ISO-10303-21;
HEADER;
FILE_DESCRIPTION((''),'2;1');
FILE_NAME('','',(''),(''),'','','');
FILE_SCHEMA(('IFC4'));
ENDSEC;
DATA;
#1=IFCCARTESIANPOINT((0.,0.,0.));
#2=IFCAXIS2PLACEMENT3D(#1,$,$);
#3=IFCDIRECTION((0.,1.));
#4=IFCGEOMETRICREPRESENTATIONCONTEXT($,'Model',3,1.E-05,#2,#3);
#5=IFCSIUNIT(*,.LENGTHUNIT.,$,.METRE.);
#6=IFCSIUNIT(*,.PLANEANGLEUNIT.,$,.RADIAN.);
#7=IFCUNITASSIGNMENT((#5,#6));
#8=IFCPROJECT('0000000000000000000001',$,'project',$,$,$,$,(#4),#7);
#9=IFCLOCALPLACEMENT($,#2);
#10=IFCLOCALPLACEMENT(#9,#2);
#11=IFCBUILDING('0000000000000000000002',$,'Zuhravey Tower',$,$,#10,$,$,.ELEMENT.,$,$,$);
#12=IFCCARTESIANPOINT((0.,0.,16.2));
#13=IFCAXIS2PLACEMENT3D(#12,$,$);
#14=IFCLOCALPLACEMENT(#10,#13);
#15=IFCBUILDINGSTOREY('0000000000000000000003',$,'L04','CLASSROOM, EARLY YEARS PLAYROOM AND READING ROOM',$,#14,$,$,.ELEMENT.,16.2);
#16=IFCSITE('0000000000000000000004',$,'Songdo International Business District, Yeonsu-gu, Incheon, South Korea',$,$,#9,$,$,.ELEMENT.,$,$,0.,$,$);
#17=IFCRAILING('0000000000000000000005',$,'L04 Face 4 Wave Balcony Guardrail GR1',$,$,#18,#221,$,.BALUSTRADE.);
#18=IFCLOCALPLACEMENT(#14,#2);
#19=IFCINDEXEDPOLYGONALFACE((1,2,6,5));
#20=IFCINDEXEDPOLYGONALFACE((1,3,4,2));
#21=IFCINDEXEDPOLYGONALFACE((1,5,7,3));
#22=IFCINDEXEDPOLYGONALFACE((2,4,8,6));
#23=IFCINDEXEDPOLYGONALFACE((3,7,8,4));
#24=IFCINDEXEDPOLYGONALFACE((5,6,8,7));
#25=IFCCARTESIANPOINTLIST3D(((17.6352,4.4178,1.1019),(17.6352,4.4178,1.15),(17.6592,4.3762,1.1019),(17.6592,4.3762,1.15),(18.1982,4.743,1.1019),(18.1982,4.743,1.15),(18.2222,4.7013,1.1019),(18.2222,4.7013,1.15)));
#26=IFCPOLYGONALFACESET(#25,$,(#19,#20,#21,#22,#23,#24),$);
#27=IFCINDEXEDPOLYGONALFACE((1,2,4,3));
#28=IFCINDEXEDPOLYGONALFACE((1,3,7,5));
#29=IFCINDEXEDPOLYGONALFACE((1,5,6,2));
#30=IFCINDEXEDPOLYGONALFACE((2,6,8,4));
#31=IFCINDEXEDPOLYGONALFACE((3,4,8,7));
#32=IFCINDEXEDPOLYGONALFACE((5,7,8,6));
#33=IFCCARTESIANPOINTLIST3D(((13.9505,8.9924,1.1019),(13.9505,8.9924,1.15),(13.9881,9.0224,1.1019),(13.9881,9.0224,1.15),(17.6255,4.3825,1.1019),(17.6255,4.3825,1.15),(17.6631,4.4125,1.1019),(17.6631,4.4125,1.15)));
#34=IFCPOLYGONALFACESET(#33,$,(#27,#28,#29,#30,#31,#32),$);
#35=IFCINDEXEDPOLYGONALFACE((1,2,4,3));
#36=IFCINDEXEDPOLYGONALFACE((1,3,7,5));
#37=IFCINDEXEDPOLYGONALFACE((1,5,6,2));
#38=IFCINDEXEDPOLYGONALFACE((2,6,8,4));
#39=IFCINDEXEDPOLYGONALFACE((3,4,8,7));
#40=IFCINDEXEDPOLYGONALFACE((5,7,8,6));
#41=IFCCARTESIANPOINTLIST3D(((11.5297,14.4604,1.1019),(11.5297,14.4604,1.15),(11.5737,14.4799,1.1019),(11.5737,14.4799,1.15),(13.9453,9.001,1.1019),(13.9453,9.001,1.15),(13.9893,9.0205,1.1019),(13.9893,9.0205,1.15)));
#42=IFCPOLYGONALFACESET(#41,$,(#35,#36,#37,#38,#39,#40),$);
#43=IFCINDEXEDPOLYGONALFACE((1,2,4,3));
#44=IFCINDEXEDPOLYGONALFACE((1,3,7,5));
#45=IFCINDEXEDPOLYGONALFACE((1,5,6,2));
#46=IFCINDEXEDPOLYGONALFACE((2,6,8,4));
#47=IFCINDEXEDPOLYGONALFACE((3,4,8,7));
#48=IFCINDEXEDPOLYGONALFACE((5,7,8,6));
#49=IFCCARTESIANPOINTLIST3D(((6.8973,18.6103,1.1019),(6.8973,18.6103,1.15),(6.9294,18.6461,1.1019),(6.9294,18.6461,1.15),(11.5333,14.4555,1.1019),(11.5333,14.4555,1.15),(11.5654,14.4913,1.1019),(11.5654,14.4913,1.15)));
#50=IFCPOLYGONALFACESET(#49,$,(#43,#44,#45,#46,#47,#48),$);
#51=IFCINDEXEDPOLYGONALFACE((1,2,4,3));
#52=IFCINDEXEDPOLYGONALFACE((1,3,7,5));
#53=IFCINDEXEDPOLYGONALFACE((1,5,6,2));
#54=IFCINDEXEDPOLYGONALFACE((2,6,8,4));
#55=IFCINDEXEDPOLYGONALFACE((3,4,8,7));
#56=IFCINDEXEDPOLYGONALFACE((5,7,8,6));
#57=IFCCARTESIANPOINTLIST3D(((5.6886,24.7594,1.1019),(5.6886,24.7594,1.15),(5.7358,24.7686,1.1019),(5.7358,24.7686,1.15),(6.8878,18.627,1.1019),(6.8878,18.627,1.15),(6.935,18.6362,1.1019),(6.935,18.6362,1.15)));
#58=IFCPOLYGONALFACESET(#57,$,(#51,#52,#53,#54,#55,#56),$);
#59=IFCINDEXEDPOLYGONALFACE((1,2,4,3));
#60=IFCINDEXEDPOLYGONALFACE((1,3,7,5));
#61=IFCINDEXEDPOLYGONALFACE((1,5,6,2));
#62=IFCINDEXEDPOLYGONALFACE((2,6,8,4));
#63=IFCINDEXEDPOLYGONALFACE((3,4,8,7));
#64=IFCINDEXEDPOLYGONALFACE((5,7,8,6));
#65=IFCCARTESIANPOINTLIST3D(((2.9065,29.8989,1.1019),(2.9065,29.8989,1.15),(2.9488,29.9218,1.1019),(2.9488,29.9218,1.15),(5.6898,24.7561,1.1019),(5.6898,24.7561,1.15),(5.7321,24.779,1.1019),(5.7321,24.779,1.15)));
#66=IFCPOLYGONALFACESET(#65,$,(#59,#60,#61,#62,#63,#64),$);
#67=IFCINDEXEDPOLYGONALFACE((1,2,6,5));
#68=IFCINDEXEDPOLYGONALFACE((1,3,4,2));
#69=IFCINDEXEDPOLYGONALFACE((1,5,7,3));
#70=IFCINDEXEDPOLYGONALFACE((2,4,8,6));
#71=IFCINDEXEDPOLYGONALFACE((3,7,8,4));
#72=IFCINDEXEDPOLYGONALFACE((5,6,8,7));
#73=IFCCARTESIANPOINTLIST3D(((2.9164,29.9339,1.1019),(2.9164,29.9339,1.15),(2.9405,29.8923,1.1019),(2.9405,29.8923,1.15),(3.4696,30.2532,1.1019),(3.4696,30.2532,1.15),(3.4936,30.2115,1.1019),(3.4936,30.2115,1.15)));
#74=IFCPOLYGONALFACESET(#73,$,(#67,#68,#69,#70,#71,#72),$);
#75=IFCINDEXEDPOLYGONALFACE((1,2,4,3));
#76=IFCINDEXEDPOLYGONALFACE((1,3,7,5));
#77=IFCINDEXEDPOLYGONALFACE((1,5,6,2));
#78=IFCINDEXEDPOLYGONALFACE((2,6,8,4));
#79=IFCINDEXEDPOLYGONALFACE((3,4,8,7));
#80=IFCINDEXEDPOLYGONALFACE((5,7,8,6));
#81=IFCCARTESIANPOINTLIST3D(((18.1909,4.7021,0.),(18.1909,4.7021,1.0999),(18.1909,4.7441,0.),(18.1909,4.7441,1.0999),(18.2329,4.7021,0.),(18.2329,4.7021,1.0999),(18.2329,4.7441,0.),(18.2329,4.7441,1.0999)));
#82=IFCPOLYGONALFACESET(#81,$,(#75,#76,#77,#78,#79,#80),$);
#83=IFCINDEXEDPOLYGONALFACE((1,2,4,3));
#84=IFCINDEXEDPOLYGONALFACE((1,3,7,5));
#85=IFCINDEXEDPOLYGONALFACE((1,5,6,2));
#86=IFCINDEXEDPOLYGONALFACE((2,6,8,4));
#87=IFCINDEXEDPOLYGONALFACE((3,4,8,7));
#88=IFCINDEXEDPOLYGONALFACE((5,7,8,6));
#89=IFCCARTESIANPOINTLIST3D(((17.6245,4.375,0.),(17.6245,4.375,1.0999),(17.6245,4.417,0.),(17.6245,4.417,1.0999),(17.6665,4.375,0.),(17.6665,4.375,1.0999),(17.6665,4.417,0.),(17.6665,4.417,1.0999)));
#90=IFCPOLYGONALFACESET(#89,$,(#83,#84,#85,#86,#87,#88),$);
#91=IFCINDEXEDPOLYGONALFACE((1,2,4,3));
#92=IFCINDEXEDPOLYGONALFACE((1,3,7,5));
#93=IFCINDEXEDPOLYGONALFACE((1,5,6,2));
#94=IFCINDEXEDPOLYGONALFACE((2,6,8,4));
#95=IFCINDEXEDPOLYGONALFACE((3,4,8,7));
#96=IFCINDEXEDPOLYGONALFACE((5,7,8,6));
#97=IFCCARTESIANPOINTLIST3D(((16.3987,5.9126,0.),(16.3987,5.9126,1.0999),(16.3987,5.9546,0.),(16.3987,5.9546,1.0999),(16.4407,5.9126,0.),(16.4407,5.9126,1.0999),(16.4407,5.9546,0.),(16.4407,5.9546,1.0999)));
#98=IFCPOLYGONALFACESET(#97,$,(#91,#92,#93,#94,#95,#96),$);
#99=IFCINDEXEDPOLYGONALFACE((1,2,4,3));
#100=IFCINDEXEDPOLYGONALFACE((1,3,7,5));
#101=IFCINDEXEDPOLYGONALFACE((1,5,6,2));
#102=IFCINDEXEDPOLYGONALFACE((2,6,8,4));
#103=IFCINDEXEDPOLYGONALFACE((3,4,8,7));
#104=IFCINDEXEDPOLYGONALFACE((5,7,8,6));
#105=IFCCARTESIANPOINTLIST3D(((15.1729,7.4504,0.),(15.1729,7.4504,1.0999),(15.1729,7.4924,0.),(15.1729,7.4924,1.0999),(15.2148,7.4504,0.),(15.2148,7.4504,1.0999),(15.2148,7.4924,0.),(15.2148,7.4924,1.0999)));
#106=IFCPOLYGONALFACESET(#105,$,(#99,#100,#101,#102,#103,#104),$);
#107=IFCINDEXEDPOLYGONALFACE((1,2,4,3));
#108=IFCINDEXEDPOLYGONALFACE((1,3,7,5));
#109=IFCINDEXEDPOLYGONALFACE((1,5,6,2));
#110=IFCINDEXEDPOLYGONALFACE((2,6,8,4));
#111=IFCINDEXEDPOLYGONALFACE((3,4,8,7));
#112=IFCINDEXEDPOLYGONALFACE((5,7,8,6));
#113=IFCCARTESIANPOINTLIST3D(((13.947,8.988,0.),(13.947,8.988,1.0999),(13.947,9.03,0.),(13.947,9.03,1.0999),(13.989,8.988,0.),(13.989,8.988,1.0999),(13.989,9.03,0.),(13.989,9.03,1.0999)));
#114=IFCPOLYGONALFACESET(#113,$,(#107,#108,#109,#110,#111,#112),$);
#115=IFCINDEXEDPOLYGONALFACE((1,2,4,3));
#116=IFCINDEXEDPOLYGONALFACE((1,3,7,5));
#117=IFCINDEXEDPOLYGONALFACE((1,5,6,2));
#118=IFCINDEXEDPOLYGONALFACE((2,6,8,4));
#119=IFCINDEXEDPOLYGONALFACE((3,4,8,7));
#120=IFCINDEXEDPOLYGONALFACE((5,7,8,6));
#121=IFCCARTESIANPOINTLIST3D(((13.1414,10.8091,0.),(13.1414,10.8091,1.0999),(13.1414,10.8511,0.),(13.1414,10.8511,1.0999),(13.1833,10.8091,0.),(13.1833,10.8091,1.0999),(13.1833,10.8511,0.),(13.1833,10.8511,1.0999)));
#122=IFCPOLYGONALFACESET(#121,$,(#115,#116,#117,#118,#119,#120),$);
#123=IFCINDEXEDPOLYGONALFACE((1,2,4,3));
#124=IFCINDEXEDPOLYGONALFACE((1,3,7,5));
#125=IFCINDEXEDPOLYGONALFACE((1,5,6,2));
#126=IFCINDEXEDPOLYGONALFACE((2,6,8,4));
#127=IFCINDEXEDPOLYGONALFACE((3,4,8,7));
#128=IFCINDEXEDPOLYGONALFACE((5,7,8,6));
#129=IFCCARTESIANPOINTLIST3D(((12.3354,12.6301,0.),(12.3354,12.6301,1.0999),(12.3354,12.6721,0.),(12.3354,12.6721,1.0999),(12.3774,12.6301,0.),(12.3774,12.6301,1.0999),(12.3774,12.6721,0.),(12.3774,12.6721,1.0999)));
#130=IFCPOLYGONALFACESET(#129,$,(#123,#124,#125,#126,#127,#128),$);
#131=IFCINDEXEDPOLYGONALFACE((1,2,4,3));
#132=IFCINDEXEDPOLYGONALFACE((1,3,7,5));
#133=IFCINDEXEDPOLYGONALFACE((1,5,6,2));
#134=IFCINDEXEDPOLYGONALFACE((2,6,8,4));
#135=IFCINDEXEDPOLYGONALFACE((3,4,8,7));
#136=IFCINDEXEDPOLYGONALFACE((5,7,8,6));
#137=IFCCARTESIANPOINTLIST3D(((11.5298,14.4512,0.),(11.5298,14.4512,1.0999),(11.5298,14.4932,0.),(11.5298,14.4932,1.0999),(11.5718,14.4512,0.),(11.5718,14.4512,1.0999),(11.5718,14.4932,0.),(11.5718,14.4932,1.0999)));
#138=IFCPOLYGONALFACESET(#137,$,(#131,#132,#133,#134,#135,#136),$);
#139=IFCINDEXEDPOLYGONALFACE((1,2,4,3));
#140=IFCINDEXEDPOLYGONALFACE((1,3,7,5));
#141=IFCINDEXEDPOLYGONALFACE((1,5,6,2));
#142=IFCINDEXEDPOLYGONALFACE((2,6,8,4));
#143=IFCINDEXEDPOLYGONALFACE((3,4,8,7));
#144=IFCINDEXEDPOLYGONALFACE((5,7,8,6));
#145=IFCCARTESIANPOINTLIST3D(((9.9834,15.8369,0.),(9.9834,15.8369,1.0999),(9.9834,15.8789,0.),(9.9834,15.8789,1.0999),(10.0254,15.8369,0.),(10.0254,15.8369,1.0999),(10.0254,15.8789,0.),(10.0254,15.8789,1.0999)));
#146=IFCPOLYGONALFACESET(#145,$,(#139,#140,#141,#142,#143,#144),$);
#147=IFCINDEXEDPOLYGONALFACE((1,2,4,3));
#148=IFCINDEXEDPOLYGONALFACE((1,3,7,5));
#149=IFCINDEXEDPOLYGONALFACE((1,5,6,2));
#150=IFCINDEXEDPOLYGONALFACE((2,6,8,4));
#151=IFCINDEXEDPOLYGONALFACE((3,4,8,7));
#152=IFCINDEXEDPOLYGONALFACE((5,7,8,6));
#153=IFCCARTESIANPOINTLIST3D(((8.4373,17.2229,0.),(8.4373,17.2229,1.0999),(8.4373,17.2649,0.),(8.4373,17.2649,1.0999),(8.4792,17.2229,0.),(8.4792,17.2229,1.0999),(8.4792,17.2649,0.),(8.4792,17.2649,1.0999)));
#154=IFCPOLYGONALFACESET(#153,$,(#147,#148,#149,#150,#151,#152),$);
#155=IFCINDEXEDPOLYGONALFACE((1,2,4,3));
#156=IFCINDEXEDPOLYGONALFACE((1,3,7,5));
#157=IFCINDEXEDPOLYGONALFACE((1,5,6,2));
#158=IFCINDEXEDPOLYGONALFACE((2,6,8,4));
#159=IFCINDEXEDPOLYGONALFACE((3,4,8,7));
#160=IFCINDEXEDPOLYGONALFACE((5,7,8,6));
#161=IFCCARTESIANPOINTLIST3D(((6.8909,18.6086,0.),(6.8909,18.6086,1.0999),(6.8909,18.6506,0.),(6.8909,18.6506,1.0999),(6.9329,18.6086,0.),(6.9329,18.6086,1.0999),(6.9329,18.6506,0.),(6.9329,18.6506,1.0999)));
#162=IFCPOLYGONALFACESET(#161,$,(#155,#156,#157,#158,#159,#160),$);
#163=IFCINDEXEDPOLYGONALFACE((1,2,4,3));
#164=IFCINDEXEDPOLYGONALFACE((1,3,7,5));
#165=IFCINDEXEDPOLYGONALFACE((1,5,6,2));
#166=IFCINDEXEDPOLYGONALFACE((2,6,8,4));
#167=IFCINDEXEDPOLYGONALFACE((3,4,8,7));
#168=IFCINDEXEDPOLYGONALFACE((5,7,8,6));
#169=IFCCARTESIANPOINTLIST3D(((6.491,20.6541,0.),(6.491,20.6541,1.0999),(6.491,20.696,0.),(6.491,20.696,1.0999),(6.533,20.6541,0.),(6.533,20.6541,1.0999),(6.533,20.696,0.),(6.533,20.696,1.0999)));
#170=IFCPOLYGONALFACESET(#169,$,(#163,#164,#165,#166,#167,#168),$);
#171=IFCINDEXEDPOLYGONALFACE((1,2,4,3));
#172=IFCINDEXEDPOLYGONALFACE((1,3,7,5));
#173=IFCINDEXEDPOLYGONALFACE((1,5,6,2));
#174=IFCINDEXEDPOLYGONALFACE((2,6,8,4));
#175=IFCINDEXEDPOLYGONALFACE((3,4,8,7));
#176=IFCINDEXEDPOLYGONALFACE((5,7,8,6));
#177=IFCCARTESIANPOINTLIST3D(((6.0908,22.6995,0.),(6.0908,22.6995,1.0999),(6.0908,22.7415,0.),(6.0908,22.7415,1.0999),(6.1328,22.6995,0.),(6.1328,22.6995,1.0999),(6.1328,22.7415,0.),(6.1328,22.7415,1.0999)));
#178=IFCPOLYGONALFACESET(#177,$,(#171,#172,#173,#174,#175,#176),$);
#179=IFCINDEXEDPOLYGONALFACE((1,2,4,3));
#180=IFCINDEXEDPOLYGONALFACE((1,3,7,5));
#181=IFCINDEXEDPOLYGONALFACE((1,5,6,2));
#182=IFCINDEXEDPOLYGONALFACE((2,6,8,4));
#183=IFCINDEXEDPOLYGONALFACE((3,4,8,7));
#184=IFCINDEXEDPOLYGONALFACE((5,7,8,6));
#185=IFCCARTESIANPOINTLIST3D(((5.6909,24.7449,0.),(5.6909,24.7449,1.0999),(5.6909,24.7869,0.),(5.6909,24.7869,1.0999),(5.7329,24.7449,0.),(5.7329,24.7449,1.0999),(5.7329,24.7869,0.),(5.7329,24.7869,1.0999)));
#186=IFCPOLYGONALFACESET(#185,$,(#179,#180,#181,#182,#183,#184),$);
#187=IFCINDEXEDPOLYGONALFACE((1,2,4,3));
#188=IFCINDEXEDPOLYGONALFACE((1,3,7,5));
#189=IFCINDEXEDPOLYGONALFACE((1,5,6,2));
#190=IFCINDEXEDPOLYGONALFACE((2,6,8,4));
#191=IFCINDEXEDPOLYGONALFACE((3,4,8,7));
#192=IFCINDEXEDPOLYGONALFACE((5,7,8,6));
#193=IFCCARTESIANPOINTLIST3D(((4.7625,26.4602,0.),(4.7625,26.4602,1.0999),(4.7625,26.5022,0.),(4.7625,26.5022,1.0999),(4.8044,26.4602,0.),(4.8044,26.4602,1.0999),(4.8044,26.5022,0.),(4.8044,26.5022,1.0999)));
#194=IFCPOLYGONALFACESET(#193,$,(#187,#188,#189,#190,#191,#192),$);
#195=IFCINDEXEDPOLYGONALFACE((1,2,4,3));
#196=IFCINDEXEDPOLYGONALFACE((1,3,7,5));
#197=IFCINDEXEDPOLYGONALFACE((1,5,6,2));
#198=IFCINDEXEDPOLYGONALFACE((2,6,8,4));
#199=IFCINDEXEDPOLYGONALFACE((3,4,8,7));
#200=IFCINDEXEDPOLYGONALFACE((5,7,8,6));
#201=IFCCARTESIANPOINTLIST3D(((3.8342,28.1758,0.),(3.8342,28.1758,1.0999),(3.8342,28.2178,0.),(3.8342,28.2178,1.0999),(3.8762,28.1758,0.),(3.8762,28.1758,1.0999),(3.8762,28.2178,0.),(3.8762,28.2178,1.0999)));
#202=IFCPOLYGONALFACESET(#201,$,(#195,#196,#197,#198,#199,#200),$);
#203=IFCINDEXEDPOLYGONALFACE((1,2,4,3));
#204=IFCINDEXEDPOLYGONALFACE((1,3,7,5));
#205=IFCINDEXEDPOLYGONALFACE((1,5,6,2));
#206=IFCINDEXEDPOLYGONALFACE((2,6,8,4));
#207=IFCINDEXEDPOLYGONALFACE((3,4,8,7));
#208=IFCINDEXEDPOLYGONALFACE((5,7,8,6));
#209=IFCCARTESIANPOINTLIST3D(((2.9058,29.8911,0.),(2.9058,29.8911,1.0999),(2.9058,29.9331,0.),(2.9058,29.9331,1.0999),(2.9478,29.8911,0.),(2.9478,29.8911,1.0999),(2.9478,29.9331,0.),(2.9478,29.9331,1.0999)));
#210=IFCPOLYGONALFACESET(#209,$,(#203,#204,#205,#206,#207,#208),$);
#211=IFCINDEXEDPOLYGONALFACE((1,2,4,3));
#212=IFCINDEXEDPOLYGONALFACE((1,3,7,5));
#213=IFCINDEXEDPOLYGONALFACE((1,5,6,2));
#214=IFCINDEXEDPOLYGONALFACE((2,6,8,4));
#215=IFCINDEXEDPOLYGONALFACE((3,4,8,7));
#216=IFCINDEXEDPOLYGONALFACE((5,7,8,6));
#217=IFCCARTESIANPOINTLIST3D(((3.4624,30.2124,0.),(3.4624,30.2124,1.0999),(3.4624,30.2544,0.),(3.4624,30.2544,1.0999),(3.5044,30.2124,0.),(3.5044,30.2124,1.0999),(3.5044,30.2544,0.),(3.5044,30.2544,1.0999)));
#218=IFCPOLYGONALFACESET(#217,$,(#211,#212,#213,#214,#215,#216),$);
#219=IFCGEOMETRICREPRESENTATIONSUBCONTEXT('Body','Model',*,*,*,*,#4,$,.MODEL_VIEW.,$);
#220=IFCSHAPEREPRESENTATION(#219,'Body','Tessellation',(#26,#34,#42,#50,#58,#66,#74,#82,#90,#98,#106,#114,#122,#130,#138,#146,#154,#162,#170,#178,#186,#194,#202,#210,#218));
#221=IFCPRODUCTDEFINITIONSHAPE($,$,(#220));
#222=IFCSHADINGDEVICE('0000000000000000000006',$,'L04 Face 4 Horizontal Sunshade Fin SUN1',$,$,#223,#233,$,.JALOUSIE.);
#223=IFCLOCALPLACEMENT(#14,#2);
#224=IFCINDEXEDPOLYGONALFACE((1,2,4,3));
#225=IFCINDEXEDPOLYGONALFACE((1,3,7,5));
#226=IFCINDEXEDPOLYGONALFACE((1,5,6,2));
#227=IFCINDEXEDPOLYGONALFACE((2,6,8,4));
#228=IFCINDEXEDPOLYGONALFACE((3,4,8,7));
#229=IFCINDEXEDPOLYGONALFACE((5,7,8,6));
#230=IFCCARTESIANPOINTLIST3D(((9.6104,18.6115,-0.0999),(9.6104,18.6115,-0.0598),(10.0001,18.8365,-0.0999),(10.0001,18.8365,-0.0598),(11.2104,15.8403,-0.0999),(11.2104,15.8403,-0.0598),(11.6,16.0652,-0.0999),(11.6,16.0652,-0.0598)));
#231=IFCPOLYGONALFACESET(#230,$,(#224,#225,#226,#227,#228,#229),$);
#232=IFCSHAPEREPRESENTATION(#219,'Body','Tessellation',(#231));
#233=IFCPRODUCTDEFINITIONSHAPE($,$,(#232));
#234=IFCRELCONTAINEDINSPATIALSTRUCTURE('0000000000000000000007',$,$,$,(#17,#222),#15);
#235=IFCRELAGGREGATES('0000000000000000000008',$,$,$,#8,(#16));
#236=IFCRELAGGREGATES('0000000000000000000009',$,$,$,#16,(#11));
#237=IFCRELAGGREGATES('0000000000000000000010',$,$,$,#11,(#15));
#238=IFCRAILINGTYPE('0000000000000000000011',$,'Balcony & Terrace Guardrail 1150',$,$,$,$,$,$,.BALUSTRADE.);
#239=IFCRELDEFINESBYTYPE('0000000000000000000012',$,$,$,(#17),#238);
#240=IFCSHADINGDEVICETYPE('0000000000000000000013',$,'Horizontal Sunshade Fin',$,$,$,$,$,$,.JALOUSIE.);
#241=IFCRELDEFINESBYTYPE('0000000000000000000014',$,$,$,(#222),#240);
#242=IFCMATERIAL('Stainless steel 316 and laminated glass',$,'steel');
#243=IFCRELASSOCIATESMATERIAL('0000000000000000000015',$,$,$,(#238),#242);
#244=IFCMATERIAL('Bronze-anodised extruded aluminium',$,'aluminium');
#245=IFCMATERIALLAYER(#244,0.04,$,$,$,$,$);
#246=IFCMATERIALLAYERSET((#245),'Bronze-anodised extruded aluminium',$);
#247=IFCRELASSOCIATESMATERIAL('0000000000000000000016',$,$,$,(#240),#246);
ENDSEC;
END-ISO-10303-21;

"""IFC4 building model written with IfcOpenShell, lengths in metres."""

from ifc_helpers import new_model, si_unit, direction, frame, origin, origin_2d, place, context, subcontext, project, spatial, rectangle, extrude, material, layer, layer_set, type_object, element, save


model = new_model("IFC4")

# Units and contexts
model_context = context("Model", 3, precision=1e-05, world=origin(), true_north=direction((0.0, 1.0)))
body_context = subcontext(model_context, "Body", "Model", "MODEL_VIEW")
ifc_project = project(units=[si_unit("LENGTHUNIT", "METRE"), si_unit("PLANEANGLEUNIT", "RADIAN")], contexts=[model_context])

# Site, building, storey
site_placement = place(None, origin())
site = spatial("IfcSite", under=ifc_project, at=site_placement, Name="Songdo International Business District, Yeonsu-gu, Incheon, South Korea", CompositionType="ELEMENT", RefElevation=0.0)
building_placement = place(site_placement, origin())
building = spatial("IfcBuilding", under=site, at=building_placement, Name="Zuhravey Tower", CompositionType="ELEMENT")
storey_placement = place(building_placement, frame((0.0, 0.0, 16.2)))
storey = spatial("IfcBuildingStorey", under=building, at=storey_placement, Name="L04", Description="CLASSROOM, EARLY YEARS PLAYROOM AND READING ROOM", CompositionType="ELEMENT", Elevation=16.2)

# Railing
ifc_material_1 = material(Name="Stainless steel 316 and laminated glass", Category="steel")
railing_type = type_object("IfcRailingType", Name="Balcony & Terrace Guardrail 1150", PredefinedType="BALUSTRADE", material=ifc_material_1)
railing_placement = place(storey_placement, frame((18.2119, 4.7231, 0.0)))
element("IfcRailing", 1, at=railing_placement, inside=storey, type_object=railing_type, Name="L04 Face 4 Wave Balcony Guardrail GR1", PredefinedType="BALUSTRADE", context=body_context, shape_type="SweptSolid", body=[
    extrude(rectangle(XDim=0.0481, YDim=0.0481, at=origin_2d()), frame((-0.0017, -0.001, 1.126), z_axis=(-0.865937, -0.500153, 0.0), x_axis=(0.500153, -0.865937, 0.0)), (0.0, 0.0, 1.0), 0.6501),
    extrude(rectangle(XDim=0.0481, YDim=0.0481, at=origin_2d()), frame((-0.5676, -0.3257, 1.126), z_axis=(-0.623357, 0.781938, 0.0), x_axis=(-0.781938, -0.623357, 0.0)), (0.0, 0.0, 1.0), 5.8955),
    extrude(rectangle(XDim=0.0481, YDim=0.0481, at=origin_2d()), frame((-4.2446, 4.2876, 1.126), z_axis=(-0.404625, 0.914483, 0.0), x_axis=(-0.914483, -0.404625, 0.0)), (0.0, 0.0, 1.0), 5.97),
    extrude(rectangle(XDim=0.0481, YDim=0.0481, at=origin_2d()), frame((-6.6626, 9.7502, 1.126), z_axis=(-0.744694, 0.667406, 0.0), x_axis=(-0.667406, -0.744694, 0.0)), (0.0, 0.0, 1.0), 6.2253),
    extrude(rectangle(XDim=0.0481, YDim=0.0481, at=origin_2d()), frame((-11.3005, 13.9084, 1.126), z_axis=(-0.191917, 0.981411, 0.0), x_axis=(-0.981411, -0.191917, 0.0)), (0.0, 0.0, 1.0), 6.2485),
    extrude(rectangle(XDim=0.0481, YDim=0.0481, at=origin_2d()), frame((-12.501, 20.0444, 1.126), z_axis=(-0.475967, 0.879463, 0.0), x_axis=(-0.879463, -0.475967, 0.0)), (0.0, 0.0, 1.0), 5.8477),
    extrude(rectangle(XDim=0.0481, YDim=0.0481, at=origin_2d()), frame((-15.2834, 25.1899, 1.126), z_axis=(0.866084, 0.499898, 0.0), x_axis=(-0.499898, 0.866084, 0.0)), (0.0, 0.0, 1.0), 0.6387),
    extrude(rectangle(XDim=0.042, YDim=0.042, at=origin_2d()), origin(), (0.0, 0.0, 1.0), 1.0999),
    extrude(rectangle(XDim=0.042, YDim=0.042, at=origin_2d()), frame((-0.5664, -0.3271, 0.0)), (0.0, 0.0, 1.0), 1.0999),
    extrude(rectangle(XDim=0.042, YDim=0.042, at=origin_2d()), frame((-1.7922, 1.2104, 0.0)), (0.0, 0.0, 1.0), 1.0999),
    extrude(rectangle(XDim=0.042, YDim=0.042, at=origin_2d()), frame((-3.0181, 2.7483, 0.0)), (0.0, 0.0, 1.0), 1.0999),
    extrude(rectangle(XDim=0.042, YDim=0.042, at=origin_2d()), frame((-4.2439, 4.2859, 0.0)), (0.0, 0.0, 1.0), 1.0999),
    extrude(rectangle(XDim=0.042, YDim=0.042, at=origin_2d()), frame((-5.0496, 6.1069, 0.0)), (0.0, 0.0, 1.0), 1.0999),
    extrude(rectangle(XDim=0.042, YDim=0.042, at=origin_2d()), frame((-5.8555, 7.928, 0.0)), (0.0, 0.0, 1.0), 1.0999),
    extrude(rectangle(XDim=0.042, YDim=0.042, at=origin_2d()), frame((-6.6611, 9.749, 0.0)), (0.0, 0.0, 1.0), 1.0999),
    extrude(rectangle(XDim=0.042, YDim=0.042, at=origin_2d()), frame((-8.2075, 11.1348, 0.0)), (0.0, 0.0, 1.0), 1.0999),
    extrude(rectangle(XDim=0.042, YDim=0.042, at=origin_2d()), frame((-9.7537, 12.5208, 0.0)), (0.0, 0.0, 1.0), 1.0999),
    extrude(rectangle(XDim=0.042, YDim=0.042, at=origin_2d()), frame((-11.3, 13.9065, 0.0)), (0.0, 0.0, 1.0), 1.0999),
    extrude(rectangle(XDim=0.042, YDim=0.042, at=origin_2d()), frame((-11.7, 15.9519, 0.0)), (0.0, 0.0, 1.0), 1.0999),
    extrude(rectangle(XDim=0.042, YDim=0.042, at=origin_2d()), frame((-12.1001, 17.9973, 0.0)), (0.0, 0.0, 1.0), 1.0999),
    extrude(rectangle(XDim=0.042, YDim=0.042, at=origin_2d()), frame((-12.5, 20.0427, 0.0)), (0.0, 0.0, 1.0), 1.0999),
    extrude(rectangle(XDim=0.042, YDim=0.042, at=origin_2d()), frame((-13.4285, 21.7581, 0.0)), (0.0, 0.0, 1.0), 1.0999),
    extrude(rectangle(XDim=0.042, YDim=0.042, at=origin_2d()), frame((-14.3567, 23.4736, 0.0)), (0.0, 0.0, 1.0), 1.0999),
    extrude(rectangle(XDim=0.042, YDim=0.042, at=origin_2d()), frame((-15.2852, 25.189, 0.0)), (0.0, 0.0, 1.0), 1.0999),
    extrude(rectangle(XDim=0.042, YDim=0.042, at=origin_2d()), frame((-14.7285, 25.5103, 0.0)), (0.0, 0.0, 1.0), 1.0999),
])

# Shading device
ifc_material_2 = material(Name="Bronze-anodised extruded aluminium", Category="aluminium")
ifc_layer_1 = layer(ifc_material_2, 0.04)
ifc_layer_set_1 = layer_set([ifc_layer_1], Name="Bronze-anodised extruded aluminium")
shading_device_type = type_object("IfcShadingDeviceType", Name="Horizontal Sunshade Fin", PredefinedType="JALOUSIE", material=ifc_layer_set_1)
shading_device_placement = place(storey_placement, frame((10.6052, 17.3384, -0.0999), z_axis=(0.0, 0.0, 1.0), x_axis=(-0.5, 0.866025, 0.0)))
element("IfcShadingDevice", 2, at=shading_device_placement, inside=storey, type_object=shading_device_type, Name="L04 Face 4 Horizontal Sunshade Fin SUN1", PredefinedType="JALOUSIE", context=body_context, shape_type="SweptSolid", body=[
    extrude(rectangle(XDim=3.2, YDim=0.45, at=origin_2d()), origin(), (0.0, 0.0, 1.0), 0.04),
])

save(model, "model.ifc")
